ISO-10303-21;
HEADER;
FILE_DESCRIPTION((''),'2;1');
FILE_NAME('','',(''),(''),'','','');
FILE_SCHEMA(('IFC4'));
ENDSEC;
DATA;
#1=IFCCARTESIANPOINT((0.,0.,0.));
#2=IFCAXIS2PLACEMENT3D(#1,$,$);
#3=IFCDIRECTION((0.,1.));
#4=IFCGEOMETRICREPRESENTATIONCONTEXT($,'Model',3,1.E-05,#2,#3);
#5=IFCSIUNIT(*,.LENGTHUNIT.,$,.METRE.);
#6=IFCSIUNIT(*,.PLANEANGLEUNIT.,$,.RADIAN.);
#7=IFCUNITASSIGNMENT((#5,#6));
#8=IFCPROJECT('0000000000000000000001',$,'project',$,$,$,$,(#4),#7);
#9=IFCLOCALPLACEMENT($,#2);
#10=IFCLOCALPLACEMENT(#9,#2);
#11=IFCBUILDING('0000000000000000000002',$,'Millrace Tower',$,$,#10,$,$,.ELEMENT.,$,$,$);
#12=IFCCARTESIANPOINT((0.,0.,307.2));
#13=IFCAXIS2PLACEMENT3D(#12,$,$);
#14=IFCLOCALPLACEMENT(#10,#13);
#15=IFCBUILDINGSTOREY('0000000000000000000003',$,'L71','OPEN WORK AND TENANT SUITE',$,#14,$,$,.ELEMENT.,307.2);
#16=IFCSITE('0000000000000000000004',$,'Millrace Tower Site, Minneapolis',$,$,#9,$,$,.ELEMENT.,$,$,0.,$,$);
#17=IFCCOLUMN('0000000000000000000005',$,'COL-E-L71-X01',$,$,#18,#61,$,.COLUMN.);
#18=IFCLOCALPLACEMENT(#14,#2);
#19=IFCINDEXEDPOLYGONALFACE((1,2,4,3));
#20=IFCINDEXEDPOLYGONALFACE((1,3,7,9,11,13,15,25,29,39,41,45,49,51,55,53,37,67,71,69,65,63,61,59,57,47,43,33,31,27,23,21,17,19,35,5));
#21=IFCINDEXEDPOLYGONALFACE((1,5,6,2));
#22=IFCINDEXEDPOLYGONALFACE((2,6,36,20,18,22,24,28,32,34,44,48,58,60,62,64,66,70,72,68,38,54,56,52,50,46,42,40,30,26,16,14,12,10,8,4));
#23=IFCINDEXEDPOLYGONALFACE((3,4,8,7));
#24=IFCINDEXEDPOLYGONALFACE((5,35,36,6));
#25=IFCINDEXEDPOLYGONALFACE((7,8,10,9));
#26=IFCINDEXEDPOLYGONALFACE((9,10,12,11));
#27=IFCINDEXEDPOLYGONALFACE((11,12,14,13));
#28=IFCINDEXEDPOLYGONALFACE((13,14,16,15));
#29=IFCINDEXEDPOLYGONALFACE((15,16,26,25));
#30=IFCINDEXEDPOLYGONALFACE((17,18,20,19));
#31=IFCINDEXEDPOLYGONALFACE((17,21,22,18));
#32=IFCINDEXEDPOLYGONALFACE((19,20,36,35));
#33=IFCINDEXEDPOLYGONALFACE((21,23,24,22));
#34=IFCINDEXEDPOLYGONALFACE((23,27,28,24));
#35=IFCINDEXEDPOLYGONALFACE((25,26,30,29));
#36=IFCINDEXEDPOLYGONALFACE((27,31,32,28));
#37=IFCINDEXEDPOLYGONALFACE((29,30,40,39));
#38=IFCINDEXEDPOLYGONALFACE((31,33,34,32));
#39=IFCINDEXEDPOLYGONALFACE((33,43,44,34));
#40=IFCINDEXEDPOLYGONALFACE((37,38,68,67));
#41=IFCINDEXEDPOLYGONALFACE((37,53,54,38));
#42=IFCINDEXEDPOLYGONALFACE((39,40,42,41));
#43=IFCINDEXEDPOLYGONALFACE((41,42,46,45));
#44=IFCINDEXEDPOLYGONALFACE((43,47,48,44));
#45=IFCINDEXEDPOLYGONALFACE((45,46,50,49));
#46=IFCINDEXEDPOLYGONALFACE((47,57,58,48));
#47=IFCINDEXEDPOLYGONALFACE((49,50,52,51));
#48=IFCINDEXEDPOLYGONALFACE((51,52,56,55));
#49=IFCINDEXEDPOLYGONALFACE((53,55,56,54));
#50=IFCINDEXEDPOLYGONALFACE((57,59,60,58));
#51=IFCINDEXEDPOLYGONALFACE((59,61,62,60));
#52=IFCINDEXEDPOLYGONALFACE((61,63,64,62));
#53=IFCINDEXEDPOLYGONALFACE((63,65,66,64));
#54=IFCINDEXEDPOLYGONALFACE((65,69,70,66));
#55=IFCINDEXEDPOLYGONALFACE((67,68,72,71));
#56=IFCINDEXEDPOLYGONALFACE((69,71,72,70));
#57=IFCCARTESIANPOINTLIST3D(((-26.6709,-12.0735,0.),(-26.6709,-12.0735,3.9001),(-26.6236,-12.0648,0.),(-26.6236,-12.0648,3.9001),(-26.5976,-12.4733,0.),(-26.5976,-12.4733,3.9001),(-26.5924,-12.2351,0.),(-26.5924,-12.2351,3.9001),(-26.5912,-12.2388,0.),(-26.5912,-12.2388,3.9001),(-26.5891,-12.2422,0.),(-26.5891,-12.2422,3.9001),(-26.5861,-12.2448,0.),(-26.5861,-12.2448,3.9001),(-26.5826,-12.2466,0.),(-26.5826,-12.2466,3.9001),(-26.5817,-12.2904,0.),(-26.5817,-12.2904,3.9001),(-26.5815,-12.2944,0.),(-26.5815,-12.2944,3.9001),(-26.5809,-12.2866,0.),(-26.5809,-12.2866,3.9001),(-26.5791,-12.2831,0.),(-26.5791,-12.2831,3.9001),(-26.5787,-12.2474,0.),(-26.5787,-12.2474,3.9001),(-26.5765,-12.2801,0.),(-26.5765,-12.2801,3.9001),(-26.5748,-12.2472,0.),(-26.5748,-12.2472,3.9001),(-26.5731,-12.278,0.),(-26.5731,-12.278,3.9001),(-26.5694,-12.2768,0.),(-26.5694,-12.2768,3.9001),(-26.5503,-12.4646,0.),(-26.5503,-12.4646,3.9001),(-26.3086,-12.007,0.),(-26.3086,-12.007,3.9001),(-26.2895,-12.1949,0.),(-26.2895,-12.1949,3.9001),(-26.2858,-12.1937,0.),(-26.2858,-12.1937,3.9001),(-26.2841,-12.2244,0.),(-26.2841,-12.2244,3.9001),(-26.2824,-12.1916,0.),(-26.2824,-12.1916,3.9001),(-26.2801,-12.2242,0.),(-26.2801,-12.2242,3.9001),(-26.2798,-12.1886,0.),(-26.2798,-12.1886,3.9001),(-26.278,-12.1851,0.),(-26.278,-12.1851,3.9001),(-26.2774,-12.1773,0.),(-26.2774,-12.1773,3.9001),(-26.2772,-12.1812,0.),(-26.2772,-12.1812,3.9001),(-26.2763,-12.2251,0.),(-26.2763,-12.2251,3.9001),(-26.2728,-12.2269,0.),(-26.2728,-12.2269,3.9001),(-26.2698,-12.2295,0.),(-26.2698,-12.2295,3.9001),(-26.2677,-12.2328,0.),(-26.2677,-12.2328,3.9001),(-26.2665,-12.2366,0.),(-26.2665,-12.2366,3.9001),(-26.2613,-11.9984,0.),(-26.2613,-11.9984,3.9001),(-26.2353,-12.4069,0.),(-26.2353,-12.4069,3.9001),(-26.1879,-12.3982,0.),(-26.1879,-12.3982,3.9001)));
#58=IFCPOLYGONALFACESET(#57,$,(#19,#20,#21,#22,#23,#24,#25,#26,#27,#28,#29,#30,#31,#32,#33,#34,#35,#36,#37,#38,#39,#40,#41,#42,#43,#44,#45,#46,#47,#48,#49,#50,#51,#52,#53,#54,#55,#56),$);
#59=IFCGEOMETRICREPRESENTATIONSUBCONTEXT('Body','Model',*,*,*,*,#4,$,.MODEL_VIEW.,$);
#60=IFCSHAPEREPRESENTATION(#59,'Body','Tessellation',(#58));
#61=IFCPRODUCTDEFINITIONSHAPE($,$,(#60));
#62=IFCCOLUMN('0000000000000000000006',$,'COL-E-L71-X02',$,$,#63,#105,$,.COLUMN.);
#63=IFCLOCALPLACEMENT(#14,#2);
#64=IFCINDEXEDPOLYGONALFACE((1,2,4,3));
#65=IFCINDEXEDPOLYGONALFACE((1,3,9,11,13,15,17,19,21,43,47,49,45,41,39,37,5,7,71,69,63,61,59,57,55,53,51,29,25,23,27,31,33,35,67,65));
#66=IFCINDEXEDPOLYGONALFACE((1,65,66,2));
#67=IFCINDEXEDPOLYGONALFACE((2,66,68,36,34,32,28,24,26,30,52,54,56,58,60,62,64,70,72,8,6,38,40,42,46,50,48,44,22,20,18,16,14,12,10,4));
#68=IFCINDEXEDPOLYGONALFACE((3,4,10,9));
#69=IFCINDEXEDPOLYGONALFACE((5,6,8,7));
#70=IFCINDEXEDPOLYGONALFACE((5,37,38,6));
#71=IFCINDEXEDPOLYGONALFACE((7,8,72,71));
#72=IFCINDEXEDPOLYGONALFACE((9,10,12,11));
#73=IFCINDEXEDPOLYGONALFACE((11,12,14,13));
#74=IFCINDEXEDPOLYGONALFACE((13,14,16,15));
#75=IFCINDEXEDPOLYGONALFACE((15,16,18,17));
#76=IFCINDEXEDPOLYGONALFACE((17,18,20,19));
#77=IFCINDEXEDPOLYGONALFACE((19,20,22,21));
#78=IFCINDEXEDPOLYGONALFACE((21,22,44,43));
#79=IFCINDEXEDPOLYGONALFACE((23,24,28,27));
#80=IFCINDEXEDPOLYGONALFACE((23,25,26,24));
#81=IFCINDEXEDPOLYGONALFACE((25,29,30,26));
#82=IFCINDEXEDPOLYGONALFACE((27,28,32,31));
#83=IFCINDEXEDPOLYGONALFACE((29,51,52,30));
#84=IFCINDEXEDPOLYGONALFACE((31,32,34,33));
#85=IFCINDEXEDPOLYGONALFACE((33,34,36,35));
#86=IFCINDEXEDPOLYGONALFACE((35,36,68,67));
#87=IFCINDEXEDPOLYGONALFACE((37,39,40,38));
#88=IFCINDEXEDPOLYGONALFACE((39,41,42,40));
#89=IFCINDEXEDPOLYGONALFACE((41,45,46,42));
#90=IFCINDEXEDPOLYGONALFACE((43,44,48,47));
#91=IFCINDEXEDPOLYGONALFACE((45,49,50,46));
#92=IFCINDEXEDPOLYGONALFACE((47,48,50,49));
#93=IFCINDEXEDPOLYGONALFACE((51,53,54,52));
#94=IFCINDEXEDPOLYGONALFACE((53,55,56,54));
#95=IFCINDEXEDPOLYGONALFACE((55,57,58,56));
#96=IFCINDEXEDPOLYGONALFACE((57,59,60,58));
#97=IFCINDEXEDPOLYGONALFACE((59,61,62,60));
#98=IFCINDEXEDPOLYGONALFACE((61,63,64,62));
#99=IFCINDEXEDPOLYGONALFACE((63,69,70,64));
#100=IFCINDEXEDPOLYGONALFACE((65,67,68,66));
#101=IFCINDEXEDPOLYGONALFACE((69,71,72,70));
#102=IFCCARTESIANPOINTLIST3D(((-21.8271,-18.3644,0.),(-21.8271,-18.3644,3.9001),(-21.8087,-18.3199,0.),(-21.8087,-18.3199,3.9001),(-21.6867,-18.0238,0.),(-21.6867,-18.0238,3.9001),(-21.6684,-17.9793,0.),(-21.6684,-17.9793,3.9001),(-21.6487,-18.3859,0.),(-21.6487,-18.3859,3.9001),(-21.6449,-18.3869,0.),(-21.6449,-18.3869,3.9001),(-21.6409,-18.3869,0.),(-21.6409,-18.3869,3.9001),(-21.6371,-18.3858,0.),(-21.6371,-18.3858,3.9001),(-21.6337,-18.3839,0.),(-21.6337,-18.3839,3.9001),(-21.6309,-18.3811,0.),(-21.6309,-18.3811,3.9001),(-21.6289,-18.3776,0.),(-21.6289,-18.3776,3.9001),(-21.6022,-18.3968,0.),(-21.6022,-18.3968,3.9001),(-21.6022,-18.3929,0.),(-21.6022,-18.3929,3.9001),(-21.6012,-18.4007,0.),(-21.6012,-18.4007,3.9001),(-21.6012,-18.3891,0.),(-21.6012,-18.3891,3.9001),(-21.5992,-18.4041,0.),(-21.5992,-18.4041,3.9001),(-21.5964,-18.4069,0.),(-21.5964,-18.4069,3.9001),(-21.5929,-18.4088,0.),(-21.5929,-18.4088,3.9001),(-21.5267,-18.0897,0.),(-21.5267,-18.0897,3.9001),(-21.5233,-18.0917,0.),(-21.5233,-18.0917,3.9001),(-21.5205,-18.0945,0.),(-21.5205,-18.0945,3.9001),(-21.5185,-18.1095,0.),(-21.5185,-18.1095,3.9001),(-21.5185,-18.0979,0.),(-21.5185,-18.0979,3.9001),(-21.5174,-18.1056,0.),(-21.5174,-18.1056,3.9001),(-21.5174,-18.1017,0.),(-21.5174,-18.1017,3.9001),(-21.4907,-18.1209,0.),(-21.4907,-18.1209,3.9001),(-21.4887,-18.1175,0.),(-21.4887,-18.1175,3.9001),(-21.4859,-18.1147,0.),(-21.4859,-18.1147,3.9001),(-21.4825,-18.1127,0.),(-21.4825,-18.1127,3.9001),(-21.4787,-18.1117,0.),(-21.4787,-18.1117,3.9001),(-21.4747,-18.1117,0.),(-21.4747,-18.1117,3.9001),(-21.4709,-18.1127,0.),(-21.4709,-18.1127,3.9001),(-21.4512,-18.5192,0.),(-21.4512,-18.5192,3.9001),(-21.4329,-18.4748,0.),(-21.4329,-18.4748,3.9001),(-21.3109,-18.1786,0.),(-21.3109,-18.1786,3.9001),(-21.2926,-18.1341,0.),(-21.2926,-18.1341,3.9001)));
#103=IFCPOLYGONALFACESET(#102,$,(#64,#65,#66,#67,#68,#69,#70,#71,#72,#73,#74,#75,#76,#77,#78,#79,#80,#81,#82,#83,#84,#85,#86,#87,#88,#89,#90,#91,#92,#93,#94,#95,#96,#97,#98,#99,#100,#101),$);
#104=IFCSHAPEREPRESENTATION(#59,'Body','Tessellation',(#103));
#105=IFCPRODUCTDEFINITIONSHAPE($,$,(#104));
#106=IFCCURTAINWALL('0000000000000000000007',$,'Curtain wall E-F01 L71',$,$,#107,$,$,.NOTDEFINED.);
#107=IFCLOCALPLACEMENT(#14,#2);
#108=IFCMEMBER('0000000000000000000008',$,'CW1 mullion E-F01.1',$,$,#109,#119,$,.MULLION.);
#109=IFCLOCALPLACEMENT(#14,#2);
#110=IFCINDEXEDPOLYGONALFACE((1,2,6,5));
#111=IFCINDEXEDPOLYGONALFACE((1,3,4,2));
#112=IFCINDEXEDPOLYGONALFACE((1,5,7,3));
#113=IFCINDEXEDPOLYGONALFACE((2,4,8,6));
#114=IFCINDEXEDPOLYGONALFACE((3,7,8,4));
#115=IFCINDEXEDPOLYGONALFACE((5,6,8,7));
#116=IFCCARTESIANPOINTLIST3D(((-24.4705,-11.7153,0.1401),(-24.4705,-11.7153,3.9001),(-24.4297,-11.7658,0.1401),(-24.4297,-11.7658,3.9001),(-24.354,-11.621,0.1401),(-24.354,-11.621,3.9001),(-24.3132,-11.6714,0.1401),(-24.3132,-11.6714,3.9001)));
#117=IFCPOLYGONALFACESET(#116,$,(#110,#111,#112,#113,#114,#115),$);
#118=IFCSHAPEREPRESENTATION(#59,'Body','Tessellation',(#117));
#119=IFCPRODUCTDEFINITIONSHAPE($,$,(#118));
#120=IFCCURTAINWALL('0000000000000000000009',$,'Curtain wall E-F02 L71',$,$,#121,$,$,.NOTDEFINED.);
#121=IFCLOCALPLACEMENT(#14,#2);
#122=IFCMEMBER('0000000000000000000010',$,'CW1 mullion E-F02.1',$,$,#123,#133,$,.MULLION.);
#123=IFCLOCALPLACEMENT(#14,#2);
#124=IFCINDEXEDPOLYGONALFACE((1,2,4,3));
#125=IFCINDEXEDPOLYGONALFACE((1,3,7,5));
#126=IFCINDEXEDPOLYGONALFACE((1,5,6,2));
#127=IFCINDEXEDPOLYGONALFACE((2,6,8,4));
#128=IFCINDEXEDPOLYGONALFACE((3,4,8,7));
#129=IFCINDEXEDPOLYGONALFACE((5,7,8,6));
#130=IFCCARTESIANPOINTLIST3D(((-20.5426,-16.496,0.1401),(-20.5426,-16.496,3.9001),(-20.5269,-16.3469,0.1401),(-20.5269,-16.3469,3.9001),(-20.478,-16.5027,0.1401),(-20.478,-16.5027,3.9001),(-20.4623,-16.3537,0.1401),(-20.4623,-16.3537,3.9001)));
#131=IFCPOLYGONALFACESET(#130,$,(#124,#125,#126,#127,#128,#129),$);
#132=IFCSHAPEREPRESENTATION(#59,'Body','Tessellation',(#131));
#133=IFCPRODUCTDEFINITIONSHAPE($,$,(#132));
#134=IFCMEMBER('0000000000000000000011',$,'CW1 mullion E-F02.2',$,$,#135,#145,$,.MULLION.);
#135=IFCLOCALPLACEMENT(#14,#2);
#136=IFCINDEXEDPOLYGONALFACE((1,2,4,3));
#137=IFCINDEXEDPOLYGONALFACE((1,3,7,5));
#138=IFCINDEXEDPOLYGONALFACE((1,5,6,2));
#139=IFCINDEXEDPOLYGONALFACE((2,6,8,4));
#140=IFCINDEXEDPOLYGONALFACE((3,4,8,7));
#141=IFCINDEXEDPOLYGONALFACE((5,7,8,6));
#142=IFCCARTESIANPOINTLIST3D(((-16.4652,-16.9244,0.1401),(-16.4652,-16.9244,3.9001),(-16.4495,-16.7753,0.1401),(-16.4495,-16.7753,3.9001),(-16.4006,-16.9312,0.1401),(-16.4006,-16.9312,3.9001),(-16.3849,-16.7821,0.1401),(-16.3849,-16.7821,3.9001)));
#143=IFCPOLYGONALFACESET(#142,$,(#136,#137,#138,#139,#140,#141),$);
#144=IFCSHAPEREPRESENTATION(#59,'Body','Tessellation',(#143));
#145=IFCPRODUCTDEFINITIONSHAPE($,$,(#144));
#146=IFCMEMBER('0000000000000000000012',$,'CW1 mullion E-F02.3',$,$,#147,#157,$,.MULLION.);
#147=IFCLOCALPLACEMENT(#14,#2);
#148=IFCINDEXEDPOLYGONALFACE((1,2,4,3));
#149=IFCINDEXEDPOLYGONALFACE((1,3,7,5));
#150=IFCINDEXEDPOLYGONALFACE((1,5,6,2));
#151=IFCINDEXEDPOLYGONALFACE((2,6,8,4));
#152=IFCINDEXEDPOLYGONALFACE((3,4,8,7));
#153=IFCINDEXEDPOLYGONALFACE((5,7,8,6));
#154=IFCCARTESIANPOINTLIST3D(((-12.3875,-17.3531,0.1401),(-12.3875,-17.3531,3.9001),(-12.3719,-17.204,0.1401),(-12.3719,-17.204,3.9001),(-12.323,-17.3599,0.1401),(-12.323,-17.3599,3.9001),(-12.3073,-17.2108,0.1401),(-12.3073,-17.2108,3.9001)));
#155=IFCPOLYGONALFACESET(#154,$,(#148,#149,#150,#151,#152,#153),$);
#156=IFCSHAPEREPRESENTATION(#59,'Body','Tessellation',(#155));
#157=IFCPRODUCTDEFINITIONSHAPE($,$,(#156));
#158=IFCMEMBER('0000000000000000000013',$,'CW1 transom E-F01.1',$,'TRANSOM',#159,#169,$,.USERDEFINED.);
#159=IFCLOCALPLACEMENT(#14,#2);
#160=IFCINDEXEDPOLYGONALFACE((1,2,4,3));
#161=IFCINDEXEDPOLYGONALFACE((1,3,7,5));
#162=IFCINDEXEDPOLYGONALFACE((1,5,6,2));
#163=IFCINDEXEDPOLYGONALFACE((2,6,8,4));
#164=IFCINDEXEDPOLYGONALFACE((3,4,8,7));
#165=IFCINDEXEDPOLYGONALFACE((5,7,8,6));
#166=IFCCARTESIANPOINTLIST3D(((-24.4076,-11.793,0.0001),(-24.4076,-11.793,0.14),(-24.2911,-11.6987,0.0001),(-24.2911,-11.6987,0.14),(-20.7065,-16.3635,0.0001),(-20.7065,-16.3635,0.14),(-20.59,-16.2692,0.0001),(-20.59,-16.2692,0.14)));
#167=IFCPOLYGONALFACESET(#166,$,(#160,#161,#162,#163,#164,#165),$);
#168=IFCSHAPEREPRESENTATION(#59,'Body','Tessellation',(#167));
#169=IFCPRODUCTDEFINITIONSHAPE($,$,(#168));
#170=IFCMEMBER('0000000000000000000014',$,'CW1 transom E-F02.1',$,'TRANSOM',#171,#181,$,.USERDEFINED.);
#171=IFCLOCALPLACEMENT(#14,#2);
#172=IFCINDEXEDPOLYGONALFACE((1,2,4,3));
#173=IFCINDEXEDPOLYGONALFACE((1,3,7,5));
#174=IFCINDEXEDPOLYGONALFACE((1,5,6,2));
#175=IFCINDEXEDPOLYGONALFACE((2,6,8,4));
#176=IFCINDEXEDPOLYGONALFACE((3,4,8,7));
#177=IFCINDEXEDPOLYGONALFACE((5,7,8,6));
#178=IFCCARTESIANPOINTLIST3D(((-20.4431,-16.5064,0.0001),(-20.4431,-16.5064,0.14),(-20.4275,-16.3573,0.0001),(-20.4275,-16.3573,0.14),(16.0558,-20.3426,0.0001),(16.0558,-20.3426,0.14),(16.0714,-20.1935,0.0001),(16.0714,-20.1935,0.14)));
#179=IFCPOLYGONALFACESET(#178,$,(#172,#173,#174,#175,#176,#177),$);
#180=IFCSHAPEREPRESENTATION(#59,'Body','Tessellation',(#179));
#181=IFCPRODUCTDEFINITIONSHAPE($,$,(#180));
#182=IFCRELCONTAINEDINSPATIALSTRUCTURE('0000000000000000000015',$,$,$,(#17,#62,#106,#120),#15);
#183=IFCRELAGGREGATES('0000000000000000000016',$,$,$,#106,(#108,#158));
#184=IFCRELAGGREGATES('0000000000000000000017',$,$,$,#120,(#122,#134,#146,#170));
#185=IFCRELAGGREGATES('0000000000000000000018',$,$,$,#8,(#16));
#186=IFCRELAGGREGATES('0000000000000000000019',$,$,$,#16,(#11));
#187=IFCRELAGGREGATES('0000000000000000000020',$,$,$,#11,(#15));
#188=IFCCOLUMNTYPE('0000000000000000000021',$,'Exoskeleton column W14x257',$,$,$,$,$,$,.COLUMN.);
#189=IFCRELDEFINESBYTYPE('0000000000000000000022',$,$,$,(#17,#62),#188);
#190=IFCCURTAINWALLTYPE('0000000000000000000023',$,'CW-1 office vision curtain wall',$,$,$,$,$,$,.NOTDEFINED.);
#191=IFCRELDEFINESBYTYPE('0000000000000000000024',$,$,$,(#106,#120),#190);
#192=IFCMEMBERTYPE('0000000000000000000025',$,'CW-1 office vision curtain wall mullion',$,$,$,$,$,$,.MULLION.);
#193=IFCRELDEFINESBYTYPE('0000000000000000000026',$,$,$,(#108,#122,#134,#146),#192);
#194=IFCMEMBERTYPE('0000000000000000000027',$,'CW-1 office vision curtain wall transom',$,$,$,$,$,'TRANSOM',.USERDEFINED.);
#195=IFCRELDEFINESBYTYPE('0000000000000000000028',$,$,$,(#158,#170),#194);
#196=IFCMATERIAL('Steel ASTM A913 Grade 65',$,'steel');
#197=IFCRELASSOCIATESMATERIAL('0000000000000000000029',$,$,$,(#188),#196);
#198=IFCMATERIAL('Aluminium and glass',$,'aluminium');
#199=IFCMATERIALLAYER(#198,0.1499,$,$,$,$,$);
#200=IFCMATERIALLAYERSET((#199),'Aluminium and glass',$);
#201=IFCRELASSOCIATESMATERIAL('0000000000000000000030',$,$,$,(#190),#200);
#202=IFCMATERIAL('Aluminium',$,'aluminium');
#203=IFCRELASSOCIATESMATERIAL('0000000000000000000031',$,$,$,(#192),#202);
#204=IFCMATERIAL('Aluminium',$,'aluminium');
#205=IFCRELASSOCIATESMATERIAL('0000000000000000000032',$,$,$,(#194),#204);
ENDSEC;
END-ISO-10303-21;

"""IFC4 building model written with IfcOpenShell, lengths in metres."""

from ifc_helpers import new_model, si_unit, direction, frame, origin, origin_2d, place, context, subcontext, project, spatial, rectangle, i_section, extrude, material, layer, layer_set, material_profile, profile_set, type_object, element, aggregate, save


model = new_model("IFC4")

# Units and contexts
model_context = context("Model", 3, precision=1e-05, world=origin(), true_north=direction((0.0, 1.0)))
body_context = subcontext(model_context, "Body", "Model", "MODEL_VIEW")
ifc_project = project(units=[si_unit("LENGTHUNIT", "METRE"), si_unit("PLANEANGLEUNIT", "RADIAN")], contexts=[model_context])

# Site, building, storey
site_placement = place(None, origin())
site = spatial("IfcSite", under=ifc_project, at=site_placement, Name="Millrace Tower Site, Minneapolis", CompositionType="ELEMENT", RefElevation=0.0)
building_placement = place(site_placement, origin())
building = spatial("IfcBuilding", under=site, at=building_placement, Name="Millrace Tower", CompositionType="ELEMENT")
storey_placement = place(building_placement, frame((0.0, 0.0, 307.2)))
storey = spatial("IfcBuildingStorey", under=building, at=storey_placement, Name="L71", Description="OPEN WORK AND TENANT SUITE", CompositionType="ELEMENT", Elevation=307.2)

# Columns
ifc_material_1 = material(Name="Steel ASTM A913 Grade 65", Category="steel")
ifc_material_profile_1 = material_profile(ifc_material_1, i_section(OverallWidth=0.4065, OverallDepth=0.4165, WebThickness=0.03, FlangeThickness=0.0481, FilletRadius=0.0151, at=origin_2d()))
ifc_profile_set_1 = profile_set([ifc_material_profile_1], Name="Steel ASTM A913 Grade 65")
column_type = type_object("IfcColumnType", Name="Exoskeleton column W14x257", PredefinedType="COLUMN", material=ifc_profile_set_1)
for number, where, z_axis, x_axis, name in (
    (1, (-26.4294, -12.2358, 0.0), (0.0, 0.0, 1.0), (0.180387, -0.983596, 0.0), "COL-E-L71-X01"),
    (2, (-21.5598, -18.2493, 0.0), (0.0, 0.0, 1.0), (0.924597, -0.380947, 0.0), "COL-E-L71-X02"),
):
    element("IfcColumn", number, at=place(storey_placement, frame(where, z_axis=z_axis, x_axis=x_axis)), inside=storey, type_object=column_type, Name=name, PredefinedType="COLUMN", context=body_context, shape_type="SweptSolid", body=[
        extrude(i_section(OverallWidth=0.4065, OverallDepth=0.4165, WebThickness=0.03, FlangeThickness=0.0481, FilletRadius=0.0151, at=origin_2d()), origin(), (0.0, 0.0, 1.0), 3.9001),
    ])

# Curtain wall, member
ifc_material_2 = material(Name="Aluminium and glass", Category="aluminium")
ifc_layer_1 = layer(ifc_material_2, 0.1499)
ifc_layer_set_1 = layer_set([ifc_layer_1], Name="Aluminium and glass")
curtain_wall_type = type_object("IfcCurtainWallType", Name="CW-1 office vision curtain wall", PredefinedType="NOTDEFINED", material=ifc_layer_set_1)
placement = place(storey_placement, origin())
curtain_wall_1 = element("IfcCurtainWall", 3, at=placement, inside=storey, type_object=curtain_wall_type, Name="Curtain wall E-F01 L71", PredefinedType="NOTDEFINED")
ifc_material_3 = material(Name="Aluminium", Category="aluminium")
ifc_material_profile_2 = material_profile(ifc_material_3, rectangle(XDim=0.0649, YDim=0.1499, at=origin_2d()))
ifc_profile_set_2 = profile_set([ifc_material_profile_2], Name="Aluminium")
member_type_1 = type_object("IfcMemberType", Name="CW-1 office vision curtain wall mullion", PredefinedType="MULLION", material=ifc_profile_set_2)
member_1_placement = place(storey_placement, frame((-24.3918, -11.6934, 0.1401), z_axis=(0.0, 0.0, 1.0), x_axis=(0.62932, -0.777146, 0.0)))
member_1 = element("IfcMember", 4, at=member_1_placement, type_object=member_type_1, Name="CW1 mullion E-F01.1", PredefinedType="MULLION", context=body_context, shape_type="SweptSolid", body=[
    extrude(rectangle(XDim=0.0649, YDim=0.1499, at=origin_2d()), origin(), (0.0, 0.0, 1.0), 3.76),
])

# Curtain wall, members
curtain_wall_2 = element("IfcCurtainWall", 5, at=placement, inside=storey, type_object=curtain_wall_type, Name="Curtain wall E-F02 L71", PredefinedType="NOTDEFINED")
member_2_placement = place(storey_placement, frame((-20.5024, -16.4248, 0.1401), z_axis=(0.0, 0.0, 1.0), x_axis=(0.994522, -0.104528, 0.0)))
member_2 = element("IfcMember", 6, at=member_2_placement, type_object=member_type_1, Name="CW1 mullion E-F02.1", PredefinedType="MULLION", context=body_context, shape_type="SweptSolid", body=[
    extrude(rectangle(XDim=0.0649, YDim=0.1499, at=origin_2d()), origin(), (0.0, 0.0, 1.0), 3.76),
])
member_3_placement = place(storey_placement, frame((-16.425, -16.8533, 0.1401), z_axis=(0.0, 0.0, 1.0), x_axis=(0.994522, -0.104528, 0.0)))
member_3 = element("IfcMember", 7, at=member_3_placement, type_object=member_type_1, Name="CW1 mullion E-F02.2", PredefinedType="MULLION", context=body_context, shape_type="SweptSolid", body=[
    extrude(rectangle(XDim=0.0649, YDim=0.1499, at=origin_2d()), origin(), (0.0, 0.0, 1.0), 3.76),
])
member_4_placement = place(storey_placement, frame((-12.3474, -17.282, 0.1401), z_axis=(0.0, 0.0, 1.0), x_axis=(0.994522, -0.104528, 0.0)))
member_4 = element("IfcMember", 8, at=member_4_placement, type_object=member_type_1, Name="CW1 mullion E-F02.3", PredefinedType="MULLION", context=body_context, shape_type="SweptSolid", body=[
    extrude(rectangle(XDim=0.0649, YDim=0.1499, at=origin_2d()), origin(), (0.0, 0.0, 1.0), 3.76),
])

# Members
ifc_material_4 = material(Name="Aluminium", Category="aluminium")
ifc_material_profile_3 = material_profile(ifc_material_4, rectangle(XDim=0.1499, YDim=0.1399, at=origin_2d()))
ifc_profile_set_3 = profile_set([ifc_material_profile_3], Name="Aluminium")
member_type_2 = type_object("IfcMemberType", Name="CW-1 office vision curtain wall transom", ElementType="TRANSOM", PredefinedType="USERDEFINED", material=ifc_profile_set_3)
member_5_placement = place(storey_placement, frame((-24.3494, -11.7458, 0.0701), z_axis=(0.629321, -0.777145, 0.0), x_axis=(0.777145, 0.629321, 0.0)))
member_5 = element("IfcMember", 9, at=member_5_placement, type_object=member_type_2, Name="CW1 transom E-F01.1", ObjectType="TRANSOM", PredefinedType="USERDEFINED", context=body_context, shape_type="SweptSolid", body=[
    extrude(rectangle(XDim=0.1499, YDim=0.1399, at=origin_2d()), origin(), (0.0, 0.0, 1.0), 5.8811),
])
aggregate(curtain_wall_1, [member_1, member_5])
member_6_placement = place(storey_placement, frame((-20.4353, -16.4319, 0.0701), z_axis=(0.994522, -0.104528, 0.0), x_axis=(0.104528, 0.994522, 0.0)))
member_6 = element("IfcMember", 10, at=member_6_placement, type_object=member_type_2, Name="CW1 transom E-F02.1", ObjectType="TRANSOM", PredefinedType="USERDEFINED", context=body_context, shape_type="SweptSolid", body=[
    extrude(rectangle(XDim=0.1499, YDim=0.1399, at=origin_2d()), origin(), (0.0, 0.0, 1.0), 36.7),
])
aggregate(curtain_wall_2, [member_2, member_3, member_4, member_6])

save(model, "model.ifc")
